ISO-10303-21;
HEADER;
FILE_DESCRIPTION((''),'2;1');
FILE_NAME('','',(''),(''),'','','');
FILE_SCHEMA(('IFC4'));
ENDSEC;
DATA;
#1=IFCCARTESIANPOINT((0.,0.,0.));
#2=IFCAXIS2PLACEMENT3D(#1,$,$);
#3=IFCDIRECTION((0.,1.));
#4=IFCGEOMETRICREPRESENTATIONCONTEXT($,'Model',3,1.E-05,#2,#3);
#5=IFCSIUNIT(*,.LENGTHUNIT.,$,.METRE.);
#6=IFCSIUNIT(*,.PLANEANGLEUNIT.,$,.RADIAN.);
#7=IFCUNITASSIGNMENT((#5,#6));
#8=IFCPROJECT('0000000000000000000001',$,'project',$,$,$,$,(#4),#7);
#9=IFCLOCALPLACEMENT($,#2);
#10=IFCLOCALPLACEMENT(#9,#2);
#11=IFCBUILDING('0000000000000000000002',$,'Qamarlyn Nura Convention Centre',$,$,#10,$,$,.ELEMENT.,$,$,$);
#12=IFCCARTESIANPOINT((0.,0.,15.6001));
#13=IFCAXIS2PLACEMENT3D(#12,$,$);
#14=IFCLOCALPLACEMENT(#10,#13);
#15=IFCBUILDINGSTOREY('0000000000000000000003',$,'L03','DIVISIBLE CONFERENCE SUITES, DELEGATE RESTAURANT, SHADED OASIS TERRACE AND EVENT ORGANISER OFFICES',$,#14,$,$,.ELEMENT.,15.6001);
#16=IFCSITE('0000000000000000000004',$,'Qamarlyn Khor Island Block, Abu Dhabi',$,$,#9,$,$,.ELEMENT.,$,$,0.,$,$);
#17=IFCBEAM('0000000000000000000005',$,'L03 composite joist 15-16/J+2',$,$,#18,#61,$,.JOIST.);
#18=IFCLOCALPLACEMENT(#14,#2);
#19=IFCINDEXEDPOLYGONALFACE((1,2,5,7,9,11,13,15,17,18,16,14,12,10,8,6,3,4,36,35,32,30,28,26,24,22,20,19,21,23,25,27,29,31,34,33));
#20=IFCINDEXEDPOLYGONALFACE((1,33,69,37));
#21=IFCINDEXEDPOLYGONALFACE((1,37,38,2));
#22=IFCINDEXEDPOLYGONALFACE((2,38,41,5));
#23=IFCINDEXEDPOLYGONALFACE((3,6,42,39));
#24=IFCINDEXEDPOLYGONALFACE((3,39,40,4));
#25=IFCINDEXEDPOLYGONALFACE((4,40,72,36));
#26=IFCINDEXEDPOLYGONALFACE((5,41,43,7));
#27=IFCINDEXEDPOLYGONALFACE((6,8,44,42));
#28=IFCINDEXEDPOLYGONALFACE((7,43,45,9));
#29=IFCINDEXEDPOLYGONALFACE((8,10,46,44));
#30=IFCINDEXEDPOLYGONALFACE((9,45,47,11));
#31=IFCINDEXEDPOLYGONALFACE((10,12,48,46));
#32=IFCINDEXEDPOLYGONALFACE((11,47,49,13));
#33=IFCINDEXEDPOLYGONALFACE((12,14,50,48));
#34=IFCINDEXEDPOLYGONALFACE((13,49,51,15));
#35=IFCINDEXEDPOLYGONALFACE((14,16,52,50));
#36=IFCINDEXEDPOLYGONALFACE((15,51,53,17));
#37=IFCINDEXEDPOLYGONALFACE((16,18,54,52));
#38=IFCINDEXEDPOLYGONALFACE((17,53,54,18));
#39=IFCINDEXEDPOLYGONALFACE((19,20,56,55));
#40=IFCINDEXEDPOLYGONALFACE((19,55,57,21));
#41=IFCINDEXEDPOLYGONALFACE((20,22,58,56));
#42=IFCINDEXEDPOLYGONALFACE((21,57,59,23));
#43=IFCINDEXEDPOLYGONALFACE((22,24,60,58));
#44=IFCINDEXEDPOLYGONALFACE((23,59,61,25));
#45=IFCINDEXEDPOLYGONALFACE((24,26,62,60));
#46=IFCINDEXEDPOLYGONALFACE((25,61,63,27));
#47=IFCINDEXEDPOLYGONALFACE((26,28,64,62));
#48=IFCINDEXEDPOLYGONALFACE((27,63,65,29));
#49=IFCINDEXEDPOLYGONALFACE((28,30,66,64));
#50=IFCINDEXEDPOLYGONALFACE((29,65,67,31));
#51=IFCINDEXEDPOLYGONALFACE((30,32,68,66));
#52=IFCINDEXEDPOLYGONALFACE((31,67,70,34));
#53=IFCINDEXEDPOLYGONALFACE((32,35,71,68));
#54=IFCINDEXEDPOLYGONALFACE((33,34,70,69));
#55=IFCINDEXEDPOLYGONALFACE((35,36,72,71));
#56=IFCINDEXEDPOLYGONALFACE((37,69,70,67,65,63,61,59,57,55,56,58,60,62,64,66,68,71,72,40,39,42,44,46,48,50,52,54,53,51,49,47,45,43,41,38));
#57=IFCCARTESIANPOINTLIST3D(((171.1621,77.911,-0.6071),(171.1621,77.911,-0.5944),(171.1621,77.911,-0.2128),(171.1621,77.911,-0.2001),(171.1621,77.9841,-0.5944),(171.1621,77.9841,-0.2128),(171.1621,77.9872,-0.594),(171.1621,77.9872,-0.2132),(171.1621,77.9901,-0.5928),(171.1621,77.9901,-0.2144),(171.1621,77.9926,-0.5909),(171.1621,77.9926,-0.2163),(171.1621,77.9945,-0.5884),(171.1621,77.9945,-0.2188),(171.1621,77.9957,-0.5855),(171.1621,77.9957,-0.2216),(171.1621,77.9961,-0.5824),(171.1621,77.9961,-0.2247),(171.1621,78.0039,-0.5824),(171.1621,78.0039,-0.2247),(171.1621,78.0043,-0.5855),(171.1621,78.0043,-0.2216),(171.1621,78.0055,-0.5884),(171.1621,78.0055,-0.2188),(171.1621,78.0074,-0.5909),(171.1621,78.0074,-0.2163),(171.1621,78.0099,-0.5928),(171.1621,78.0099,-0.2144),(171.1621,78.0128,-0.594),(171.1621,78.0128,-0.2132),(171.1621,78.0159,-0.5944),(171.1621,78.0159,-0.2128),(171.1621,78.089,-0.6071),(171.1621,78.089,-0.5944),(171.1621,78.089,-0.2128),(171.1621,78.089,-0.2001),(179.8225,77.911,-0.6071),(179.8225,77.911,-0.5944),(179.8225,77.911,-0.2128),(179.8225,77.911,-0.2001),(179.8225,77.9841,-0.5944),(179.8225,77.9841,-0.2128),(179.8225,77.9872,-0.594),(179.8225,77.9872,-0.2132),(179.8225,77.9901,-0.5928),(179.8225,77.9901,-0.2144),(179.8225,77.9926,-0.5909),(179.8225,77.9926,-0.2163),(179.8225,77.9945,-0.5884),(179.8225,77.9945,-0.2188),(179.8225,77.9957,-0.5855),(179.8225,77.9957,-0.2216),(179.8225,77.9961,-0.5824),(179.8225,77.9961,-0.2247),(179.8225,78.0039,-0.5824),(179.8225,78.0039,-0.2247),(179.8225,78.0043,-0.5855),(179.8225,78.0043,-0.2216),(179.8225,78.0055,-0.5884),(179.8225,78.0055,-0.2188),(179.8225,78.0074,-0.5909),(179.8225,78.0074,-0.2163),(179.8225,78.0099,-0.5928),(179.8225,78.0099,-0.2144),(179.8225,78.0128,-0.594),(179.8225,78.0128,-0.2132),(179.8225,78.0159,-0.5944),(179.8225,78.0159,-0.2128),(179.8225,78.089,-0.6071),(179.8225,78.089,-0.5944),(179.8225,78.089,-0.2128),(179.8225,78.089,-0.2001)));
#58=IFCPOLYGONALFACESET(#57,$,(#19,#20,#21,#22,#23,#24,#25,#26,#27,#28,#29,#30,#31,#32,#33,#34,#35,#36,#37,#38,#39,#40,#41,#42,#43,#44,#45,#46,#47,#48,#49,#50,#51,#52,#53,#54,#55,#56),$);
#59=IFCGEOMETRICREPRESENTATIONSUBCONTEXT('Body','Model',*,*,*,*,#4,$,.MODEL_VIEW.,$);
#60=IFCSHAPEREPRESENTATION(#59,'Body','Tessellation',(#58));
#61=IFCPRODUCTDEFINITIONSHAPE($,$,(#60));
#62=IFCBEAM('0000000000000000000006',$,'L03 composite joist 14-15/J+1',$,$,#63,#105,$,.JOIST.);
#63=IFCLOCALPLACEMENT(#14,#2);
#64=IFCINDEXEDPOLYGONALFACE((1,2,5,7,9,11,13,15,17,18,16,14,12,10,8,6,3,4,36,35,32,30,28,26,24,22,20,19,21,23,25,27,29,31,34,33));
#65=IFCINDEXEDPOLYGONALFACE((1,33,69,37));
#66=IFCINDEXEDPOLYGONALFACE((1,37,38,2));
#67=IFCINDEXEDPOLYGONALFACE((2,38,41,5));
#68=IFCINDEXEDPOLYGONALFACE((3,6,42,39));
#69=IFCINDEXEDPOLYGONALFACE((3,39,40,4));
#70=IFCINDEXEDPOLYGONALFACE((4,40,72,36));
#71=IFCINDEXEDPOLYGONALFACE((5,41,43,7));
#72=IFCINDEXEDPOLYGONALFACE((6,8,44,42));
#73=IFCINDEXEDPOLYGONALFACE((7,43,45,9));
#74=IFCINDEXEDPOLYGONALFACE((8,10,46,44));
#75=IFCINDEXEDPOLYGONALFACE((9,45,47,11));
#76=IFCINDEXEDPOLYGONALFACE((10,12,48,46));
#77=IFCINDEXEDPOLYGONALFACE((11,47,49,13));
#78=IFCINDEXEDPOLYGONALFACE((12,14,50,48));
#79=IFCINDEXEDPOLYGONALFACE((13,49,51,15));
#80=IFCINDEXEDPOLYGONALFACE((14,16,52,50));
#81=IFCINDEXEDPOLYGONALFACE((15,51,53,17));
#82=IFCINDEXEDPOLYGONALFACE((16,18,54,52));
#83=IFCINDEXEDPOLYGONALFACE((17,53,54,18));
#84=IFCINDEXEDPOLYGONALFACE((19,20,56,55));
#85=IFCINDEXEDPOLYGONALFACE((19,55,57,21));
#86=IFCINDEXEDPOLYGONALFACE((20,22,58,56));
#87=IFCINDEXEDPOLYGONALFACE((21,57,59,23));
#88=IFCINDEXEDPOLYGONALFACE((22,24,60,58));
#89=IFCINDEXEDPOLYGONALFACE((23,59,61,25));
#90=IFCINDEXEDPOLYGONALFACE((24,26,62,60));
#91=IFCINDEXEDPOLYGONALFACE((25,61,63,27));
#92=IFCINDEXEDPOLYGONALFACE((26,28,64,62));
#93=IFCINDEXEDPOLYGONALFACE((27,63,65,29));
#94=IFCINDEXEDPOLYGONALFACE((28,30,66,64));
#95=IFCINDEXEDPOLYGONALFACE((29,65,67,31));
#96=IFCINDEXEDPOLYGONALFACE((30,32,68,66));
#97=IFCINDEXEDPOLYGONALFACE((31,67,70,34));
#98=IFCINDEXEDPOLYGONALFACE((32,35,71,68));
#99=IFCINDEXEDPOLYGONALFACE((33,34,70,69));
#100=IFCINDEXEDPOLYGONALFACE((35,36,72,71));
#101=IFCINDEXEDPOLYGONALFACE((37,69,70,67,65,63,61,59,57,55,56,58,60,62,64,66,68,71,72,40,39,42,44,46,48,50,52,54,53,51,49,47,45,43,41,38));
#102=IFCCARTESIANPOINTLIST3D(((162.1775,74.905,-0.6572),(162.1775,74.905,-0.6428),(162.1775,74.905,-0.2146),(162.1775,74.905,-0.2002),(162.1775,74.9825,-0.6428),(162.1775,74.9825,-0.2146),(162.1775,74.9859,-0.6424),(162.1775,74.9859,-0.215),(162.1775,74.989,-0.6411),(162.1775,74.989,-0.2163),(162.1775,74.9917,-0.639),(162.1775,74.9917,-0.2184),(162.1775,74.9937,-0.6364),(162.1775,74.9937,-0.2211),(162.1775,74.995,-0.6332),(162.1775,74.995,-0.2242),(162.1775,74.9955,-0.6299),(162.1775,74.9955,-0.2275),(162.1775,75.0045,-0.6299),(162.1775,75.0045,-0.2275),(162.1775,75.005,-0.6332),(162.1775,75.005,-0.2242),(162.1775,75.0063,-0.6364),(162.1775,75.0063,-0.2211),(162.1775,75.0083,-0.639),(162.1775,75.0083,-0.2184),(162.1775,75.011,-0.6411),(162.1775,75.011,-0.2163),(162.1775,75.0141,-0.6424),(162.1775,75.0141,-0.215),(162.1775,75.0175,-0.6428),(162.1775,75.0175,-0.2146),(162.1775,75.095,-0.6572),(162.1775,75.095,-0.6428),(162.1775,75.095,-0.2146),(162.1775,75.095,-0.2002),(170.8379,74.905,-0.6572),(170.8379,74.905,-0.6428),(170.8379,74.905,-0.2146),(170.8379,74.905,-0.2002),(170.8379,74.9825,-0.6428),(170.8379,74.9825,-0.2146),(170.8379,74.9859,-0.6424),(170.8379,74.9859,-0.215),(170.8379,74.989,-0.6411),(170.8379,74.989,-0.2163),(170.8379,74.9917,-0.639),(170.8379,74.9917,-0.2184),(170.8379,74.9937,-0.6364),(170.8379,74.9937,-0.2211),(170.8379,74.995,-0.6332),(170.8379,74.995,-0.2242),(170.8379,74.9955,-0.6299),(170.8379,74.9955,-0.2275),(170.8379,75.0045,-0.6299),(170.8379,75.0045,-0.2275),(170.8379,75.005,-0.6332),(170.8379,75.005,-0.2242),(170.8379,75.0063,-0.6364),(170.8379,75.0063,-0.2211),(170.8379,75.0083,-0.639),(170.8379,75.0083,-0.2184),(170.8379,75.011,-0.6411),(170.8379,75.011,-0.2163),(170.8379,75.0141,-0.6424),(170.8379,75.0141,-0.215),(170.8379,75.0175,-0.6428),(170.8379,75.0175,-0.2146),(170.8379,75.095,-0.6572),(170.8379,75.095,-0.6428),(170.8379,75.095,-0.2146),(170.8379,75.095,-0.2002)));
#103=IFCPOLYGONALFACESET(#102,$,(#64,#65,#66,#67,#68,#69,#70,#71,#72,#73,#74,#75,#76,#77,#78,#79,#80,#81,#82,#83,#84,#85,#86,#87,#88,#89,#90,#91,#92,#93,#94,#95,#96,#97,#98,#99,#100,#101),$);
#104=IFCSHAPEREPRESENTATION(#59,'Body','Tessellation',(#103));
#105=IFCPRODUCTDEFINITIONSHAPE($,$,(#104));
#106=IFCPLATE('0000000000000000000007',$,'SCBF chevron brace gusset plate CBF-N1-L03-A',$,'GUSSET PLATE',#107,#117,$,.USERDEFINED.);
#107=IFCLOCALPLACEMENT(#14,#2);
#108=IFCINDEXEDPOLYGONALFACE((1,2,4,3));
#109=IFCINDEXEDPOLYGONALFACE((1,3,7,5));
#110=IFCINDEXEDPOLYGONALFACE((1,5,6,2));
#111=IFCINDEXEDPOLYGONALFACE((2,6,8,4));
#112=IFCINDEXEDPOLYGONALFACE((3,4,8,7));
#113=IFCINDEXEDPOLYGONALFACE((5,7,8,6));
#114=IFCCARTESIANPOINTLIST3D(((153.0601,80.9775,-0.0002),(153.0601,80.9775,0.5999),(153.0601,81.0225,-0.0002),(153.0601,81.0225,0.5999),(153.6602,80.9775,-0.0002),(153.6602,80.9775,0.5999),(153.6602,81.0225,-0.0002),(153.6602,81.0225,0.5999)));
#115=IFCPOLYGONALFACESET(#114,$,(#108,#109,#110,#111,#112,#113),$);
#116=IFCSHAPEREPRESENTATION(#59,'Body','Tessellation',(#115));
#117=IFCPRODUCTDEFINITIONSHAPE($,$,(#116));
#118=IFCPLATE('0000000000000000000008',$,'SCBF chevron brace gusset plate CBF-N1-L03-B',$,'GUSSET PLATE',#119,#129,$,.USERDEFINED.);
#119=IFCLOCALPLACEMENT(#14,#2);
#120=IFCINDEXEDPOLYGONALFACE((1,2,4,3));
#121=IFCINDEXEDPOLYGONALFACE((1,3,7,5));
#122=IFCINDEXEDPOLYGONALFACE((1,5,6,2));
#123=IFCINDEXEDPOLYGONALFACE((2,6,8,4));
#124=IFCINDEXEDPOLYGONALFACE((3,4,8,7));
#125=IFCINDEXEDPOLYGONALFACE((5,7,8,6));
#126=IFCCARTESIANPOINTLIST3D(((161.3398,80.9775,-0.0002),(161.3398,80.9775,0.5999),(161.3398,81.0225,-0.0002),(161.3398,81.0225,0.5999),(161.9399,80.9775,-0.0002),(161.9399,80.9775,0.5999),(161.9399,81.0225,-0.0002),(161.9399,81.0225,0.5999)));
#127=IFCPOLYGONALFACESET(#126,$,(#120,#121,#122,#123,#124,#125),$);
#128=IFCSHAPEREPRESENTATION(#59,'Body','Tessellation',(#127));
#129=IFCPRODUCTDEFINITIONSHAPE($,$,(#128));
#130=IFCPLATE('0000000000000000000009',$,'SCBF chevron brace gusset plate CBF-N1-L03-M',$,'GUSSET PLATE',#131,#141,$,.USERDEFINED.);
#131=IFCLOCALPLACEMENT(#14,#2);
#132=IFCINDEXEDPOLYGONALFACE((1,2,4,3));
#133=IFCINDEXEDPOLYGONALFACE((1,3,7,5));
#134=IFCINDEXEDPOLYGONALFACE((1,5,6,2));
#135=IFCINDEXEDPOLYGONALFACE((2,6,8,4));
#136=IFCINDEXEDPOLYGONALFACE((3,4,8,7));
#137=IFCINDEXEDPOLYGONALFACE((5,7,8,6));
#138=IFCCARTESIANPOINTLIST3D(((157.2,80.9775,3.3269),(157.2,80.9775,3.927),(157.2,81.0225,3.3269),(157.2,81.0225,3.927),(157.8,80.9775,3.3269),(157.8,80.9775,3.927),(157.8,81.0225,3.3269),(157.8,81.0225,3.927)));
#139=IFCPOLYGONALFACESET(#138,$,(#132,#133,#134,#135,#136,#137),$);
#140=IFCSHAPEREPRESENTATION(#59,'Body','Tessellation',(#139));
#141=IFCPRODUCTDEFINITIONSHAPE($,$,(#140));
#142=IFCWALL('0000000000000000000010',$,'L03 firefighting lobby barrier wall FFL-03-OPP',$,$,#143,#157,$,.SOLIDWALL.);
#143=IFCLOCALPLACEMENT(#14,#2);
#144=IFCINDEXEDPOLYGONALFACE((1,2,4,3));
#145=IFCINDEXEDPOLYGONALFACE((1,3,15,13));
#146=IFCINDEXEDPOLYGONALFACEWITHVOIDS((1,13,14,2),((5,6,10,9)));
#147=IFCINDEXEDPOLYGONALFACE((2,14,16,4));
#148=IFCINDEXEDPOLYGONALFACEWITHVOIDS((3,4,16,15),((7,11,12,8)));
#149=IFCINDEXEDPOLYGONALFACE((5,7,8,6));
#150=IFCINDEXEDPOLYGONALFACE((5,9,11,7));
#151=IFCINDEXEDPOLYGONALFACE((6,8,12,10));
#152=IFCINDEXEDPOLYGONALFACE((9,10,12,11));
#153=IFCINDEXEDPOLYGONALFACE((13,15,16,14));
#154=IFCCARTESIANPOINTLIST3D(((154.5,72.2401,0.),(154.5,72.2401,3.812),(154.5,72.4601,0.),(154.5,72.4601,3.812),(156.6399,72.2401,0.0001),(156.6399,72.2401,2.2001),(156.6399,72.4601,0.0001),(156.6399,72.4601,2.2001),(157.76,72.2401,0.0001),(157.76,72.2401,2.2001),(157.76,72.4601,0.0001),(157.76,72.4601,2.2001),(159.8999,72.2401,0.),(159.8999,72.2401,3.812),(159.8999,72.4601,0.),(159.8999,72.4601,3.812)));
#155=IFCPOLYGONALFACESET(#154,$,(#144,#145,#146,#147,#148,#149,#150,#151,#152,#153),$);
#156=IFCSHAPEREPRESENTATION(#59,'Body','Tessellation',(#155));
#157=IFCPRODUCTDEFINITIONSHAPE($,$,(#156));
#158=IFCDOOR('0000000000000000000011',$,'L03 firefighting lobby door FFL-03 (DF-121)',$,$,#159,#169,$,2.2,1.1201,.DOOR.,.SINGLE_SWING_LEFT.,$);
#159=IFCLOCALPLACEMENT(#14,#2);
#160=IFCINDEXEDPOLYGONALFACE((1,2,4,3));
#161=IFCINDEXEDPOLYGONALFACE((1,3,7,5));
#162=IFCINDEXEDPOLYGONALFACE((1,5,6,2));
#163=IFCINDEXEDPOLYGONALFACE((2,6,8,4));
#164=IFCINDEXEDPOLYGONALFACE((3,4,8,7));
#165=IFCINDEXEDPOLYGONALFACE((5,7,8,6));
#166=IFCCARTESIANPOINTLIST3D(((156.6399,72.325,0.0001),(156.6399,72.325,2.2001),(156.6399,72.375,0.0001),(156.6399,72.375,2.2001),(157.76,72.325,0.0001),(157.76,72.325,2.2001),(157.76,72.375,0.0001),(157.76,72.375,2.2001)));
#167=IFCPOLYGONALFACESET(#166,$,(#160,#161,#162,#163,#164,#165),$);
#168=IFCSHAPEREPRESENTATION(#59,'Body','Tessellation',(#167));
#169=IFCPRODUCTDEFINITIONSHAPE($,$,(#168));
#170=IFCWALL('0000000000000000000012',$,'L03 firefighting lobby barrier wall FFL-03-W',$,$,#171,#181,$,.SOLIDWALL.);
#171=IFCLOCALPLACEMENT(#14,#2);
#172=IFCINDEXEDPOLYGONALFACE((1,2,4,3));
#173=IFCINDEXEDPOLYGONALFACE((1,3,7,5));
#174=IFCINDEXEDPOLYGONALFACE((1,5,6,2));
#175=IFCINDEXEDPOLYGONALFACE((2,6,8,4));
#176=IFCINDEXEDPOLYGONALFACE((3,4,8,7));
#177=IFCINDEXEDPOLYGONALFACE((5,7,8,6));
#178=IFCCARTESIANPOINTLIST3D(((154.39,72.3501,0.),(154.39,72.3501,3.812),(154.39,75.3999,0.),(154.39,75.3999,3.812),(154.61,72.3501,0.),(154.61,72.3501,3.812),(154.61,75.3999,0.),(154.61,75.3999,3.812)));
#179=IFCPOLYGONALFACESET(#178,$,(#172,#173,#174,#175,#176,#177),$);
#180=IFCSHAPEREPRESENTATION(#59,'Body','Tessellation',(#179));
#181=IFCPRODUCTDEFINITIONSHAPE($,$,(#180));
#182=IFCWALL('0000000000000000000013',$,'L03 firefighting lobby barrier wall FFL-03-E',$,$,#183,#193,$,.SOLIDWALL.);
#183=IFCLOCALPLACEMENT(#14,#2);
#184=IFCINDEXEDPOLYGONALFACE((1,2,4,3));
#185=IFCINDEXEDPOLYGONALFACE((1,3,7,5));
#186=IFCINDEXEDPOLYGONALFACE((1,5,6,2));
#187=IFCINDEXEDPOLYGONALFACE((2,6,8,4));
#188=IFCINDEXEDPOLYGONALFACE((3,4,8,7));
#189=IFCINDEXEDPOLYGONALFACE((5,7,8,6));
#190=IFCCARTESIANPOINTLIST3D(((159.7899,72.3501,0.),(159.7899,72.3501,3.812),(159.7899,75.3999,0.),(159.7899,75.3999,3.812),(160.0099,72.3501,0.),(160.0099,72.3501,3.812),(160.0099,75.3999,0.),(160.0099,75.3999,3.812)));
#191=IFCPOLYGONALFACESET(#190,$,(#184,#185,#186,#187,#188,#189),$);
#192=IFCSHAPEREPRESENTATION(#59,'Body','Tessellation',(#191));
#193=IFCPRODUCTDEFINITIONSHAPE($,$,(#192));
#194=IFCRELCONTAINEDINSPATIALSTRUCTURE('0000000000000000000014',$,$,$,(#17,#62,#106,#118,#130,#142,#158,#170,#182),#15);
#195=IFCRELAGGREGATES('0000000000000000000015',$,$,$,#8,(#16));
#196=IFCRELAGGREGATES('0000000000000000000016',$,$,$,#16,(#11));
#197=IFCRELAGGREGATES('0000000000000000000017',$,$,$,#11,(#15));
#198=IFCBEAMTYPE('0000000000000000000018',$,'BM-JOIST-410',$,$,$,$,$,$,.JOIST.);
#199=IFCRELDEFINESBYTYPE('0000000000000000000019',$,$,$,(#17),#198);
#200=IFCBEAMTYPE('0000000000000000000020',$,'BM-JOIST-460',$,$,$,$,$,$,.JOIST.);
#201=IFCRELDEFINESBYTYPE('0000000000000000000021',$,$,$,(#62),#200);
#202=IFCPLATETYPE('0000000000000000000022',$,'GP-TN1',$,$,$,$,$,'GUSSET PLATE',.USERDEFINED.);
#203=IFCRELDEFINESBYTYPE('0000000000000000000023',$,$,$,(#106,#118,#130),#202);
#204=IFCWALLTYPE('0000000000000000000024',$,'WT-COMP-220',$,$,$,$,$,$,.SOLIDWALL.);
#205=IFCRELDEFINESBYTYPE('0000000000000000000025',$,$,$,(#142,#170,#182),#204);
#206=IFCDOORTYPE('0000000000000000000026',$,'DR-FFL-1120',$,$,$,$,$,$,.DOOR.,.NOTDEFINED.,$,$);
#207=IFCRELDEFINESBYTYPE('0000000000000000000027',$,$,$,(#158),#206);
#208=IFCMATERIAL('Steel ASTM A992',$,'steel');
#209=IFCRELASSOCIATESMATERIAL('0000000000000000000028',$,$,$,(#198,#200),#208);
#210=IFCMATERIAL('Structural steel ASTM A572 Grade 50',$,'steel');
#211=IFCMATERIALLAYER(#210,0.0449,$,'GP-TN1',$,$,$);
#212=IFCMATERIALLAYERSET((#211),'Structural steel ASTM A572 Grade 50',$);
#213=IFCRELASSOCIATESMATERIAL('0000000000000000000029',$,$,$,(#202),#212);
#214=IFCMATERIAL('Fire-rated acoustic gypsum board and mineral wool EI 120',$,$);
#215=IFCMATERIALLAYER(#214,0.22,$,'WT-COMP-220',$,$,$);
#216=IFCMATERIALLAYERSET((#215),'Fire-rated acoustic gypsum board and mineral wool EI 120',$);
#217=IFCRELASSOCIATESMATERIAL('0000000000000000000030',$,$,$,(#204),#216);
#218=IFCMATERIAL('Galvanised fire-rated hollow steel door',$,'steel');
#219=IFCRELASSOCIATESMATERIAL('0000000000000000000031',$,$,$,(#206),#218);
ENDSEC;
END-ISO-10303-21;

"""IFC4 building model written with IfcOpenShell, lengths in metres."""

from ifc_helpers import new_model, si_unit, direction, frame, frame_2d, origin, origin_2d, place, context, subcontext, project, spatial, rectangle, i_section, extrude, material, layer, layer_set, material_profile, profile_set, type_object, element, fill, save


model = new_model("IFC4")

# Units and contexts
model_context = context("Model", 3, precision=1e-05, world=origin(), true_north=direction((0.0, 1.0)))
body_context = subcontext(model_context, "Body", "Model", "MODEL_VIEW")
ifc_project = project(units=[si_unit("LENGTHUNIT", "METRE"), si_unit("PLANEANGLEUNIT", "RADIAN")], contexts=[model_context])

# Site, building, storey
site_placement = place(None, origin())
site = spatial("IfcSite", under=ifc_project, at=site_placement, Name="Qamarlyn Khor Island Block, Abu Dhabi", CompositionType="ELEMENT", RefElevation=0.0)
building_placement = place(site_placement, origin())
building = spatial("IfcBuilding", under=site, at=building_placement, Name="Qamarlyn Nura Convention Centre", CompositionType="ELEMENT")
storey_placement = place(building_placement, frame((0.0, 0.0, 15.6001)))
storey = spatial("IfcBuildingStorey", under=building, at=storey_placement, Name="L03", Description="DIVISIBLE CONFERENCE SUITES, DELEGATE RESTAURANT, SHADED OASIS TERRACE AND EVENT ORGANISER OFFICES", CompositionType="ELEMENT", Elevation=15.6001)

# Shared definitions
ifc_material_1 = material(Name="Steel ASTM A992", Category="steel")

# Beams
ifc_material_profile_1 = material_profile(ifc_material_1, i_section(OverallWidth=0.178, OverallDepth=0.407, WebThickness=0.0078, FlangeThickness=0.0127, FilletRadius=0.012, at=origin_2d()), Name="W410X60")
ifc_profile_set_1 = profile_set([ifc_material_profile_1], Name="Steel ASTM A992")
beam_type_1 = type_object("IfcBeamType", Name="BM-JOIST-410", PredefinedType="JOIST", material=ifc_profile_set_1)
for number, where, z_axis, x_axis, name in (
    (1, (171.1621, 78.0, -0.4036), (1.0, 0.0, 0.0), (0.0, 1.0, 0.0), "L03 composite joist 15-16/J+2"),
):
    element("IfcBeam", number, at=place(storey_placement, frame(where, z_axis=z_axis, x_axis=x_axis)), inside=storey, type_object=beam_type_1, Name=name, PredefinedType="JOIST", context=body_context, shape_type="SweptSolid", body=[
        extrude(i_section(OverallWidth=0.178, OverallDepth=0.407, WebThickness=0.0078, FlangeThickness=0.0127, FilletRadius=0.012, at=origin_2d()), origin(), (0.0, 0.0, 1.0), 8.6604),
    ])
ifc_material_profile_2 = material_profile(ifc_material_1, i_section(OverallWidth=0.1899, OverallDepth=0.457, WebThickness=0.009, FlangeThickness=0.0144, FilletRadius=0.0129, at=origin_2d()), Name="W460X74")
ifc_profile_set_2 = profile_set([ifc_material_profile_2], Name="Steel ASTM A992")
beam_type_2 = type_object("IfcBeamType", Name="BM-JOIST-460", PredefinedType="JOIST", material=ifc_profile_set_2)
beam_1_placement = place(storey_placement, frame((162.1775, 75.0, -0.4287), z_axis=(1.0, 0.0, 0.0), x_axis=(0.0, 1.0, 0.0)))
element("IfcBeam", 2, at=beam_1_placement, inside=storey, type_object=beam_type_2, Name="L03 composite joist 14-15/J+1", PredefinedType="JOIST", context=body_context, shape_type="SweptSolid", body=[
    extrude(i_section(OverallWidth=0.1899, OverallDepth=0.457, WebThickness=0.009, FlangeThickness=0.0144, FilletRadius=0.0129, at=origin_2d()), origin(), (0.0, 0.0, 1.0), 8.6604),
])

# Plates
ifc_material_2 = material(Name="Structural steel ASTM A572 Grade 50", Category="steel")
ifc_layer_1 = layer(ifc_material_2, 0.0449, Name="GP-TN1")
ifc_layer_set_1 = layer_set([ifc_layer_1], Name="Structural steel ASTM A572 Grade 50")
plate_type = type_object("IfcPlateType", Name="GP-TN1", ElementType="GUSSET PLATE", PredefinedType="USERDEFINED", material=ifc_layer_set_1)
for number, where, z_axis, x_axis, name in (
    (3, (153.3601, 81.0, -0.0002), (0.0, 0.0, 1.0), (1.0, 0.0, 0.0), "SCBF chevron brace gusset plate CBF-N1-L03-A"),
    (4, (161.6399, 81.0, -0.0002), (0.0, 0.0, 1.0), (1.0, 0.0, 0.0), "SCBF chevron brace gusset plate CBF-N1-L03-B"),
    (5, (157.5, 81.0, 3.3269), (0.0, 0.0, 1.0), (1.0, 0.0, 0.0), "SCBF chevron brace gusset plate CBF-N1-L03-M"),
):
    element("IfcPlate", number, at=place(storey_placement, frame(where, z_axis=z_axis, x_axis=x_axis)), inside=storey, type_object=plate_type, Name=name, ObjectType="GUSSET PLATE", PredefinedType="USERDEFINED", context=body_context, shape_type="SweptSolid", body=[
        extrude(rectangle(XDim=0.6001, YDim=0.0449, at=origin_2d()), origin(), (0.0, 0.0, 1.0), 0.6001),
    ])

# Wall, opening, door
ifc_material_3 = material(Name="Fire-rated acoustic gypsum board and mineral wool EI 120")
ifc_layer_2 = layer(ifc_material_3, 0.22, Name="WT-COMP-220")
ifc_layer_set_2 = layer_set([ifc_layer_2], Name="Fire-rated acoustic gypsum board and mineral wool EI 120")
wall_type_1 = type_object("IfcWallType", Name="WT-COMP-220", PredefinedType="SOLIDWALL", material=ifc_layer_set_2)
wall_1_placement = place(storey_placement, frame((154.5, 72.3501, 0.0), z_axis=(0.0, 0.0, 1.0), x_axis=(1.0, 0.0, 0.0)))
wall_1 = element("IfcWall", 6, at=wall_1_placement, inside=storey, type_object=wall_type_1, Name="L03 firefighting lobby barrier wall FFL-03-OPP", PredefinedType="SOLIDWALL", context=body_context, shape_type="SweptSolid", body=[
    extrude(rectangle(XDim=5.3999, YDim=0.22, at=frame_2d((2.7, 0.0))), origin(), (0.0, 0.0, 1.0), 3.812),
])
opening_1_placement = place(wall_1_placement, frame((2.1399, 0.0, 0.0)))
opening_1 = element("IfcOpeningElement", 7, at=opening_1_placement, cuts=wall_1, PredefinedType="OPENING", context=body_context, shape_type="SweptSolid", body=[
    extrude(rectangle(XDim=1.1201, YDim=2.2, at=frame_2d((0.5601, 1.1001))), frame((0.0, 0.1201, 0.0), z_axis=(0.0, -1.0, 0.0), x_axis=(1.0, 0.0, 0.0)), (0.0, 0.0, 1.0), 0.24),
])
ifc_material_4 = material(Name="Galvanised fire-rated hollow steel door", Category="steel")
door_type_1 = type_object("IfcDoorType", Name="DR-FFL-1120", OperationType="NOTDEFINED", PredefinedType="DOOR", material=ifc_material_4)
door_1_placement = place(opening_1_placement, origin())
door_1 = element("IfcDoor", 8, at=door_1_placement, inside=storey, type_object=door_type_1, Name="L03 firefighting lobby door FFL-03 (DF-121)", OperationType="SINGLE_SWING_LEFT", OverallHeight=2.2, OverallWidth=1.1201, PredefinedType="DOOR", context=body_context, shape_type="SweptSolid", body=[
    extrude(rectangle(XDim=1.1201, YDim=2.2, at=frame_2d((0.5601, 1.1001))), frame((0.0, 0.0249, 0.0), z_axis=(0.0, -1.0, 0.0), x_axis=(1.0, 0.0, 0.0)), (0.0, 0.0, 1.0), 0.05),
])
fill(opening_1, door_1)

# Walls
for number, where, z_axis, x_axis, name in (
    (9, (154.5, 72.3501, 0.0), (0.0, 0.0, 1.0), (0.0, 1.0, 0.0), "L03 firefighting lobby barrier wall FFL-03-W"),
    (10, (159.8999, 72.3501, 0.0), (0.0, 0.0, 1.0), (0.0, 1.0, 0.0), "L03 firefighting lobby barrier wall FFL-03-E"),
):
    element("IfcWall", number, at=place(storey_placement, frame(where, z_axis=z_axis, x_axis=x_axis)), inside=storey, type_object=wall_type_1, Name=name, PredefinedType="SOLIDWALL", context=body_context, shape_type="SweptSolid", body=[
        extrude(rectangle(XDim=3.0498, YDim=0.22, at=frame_2d((1.5249, 0.0))), origin(), (0.0, 0.0, 1.0), 3.812),
    ])

save(model, "model.ifc")
